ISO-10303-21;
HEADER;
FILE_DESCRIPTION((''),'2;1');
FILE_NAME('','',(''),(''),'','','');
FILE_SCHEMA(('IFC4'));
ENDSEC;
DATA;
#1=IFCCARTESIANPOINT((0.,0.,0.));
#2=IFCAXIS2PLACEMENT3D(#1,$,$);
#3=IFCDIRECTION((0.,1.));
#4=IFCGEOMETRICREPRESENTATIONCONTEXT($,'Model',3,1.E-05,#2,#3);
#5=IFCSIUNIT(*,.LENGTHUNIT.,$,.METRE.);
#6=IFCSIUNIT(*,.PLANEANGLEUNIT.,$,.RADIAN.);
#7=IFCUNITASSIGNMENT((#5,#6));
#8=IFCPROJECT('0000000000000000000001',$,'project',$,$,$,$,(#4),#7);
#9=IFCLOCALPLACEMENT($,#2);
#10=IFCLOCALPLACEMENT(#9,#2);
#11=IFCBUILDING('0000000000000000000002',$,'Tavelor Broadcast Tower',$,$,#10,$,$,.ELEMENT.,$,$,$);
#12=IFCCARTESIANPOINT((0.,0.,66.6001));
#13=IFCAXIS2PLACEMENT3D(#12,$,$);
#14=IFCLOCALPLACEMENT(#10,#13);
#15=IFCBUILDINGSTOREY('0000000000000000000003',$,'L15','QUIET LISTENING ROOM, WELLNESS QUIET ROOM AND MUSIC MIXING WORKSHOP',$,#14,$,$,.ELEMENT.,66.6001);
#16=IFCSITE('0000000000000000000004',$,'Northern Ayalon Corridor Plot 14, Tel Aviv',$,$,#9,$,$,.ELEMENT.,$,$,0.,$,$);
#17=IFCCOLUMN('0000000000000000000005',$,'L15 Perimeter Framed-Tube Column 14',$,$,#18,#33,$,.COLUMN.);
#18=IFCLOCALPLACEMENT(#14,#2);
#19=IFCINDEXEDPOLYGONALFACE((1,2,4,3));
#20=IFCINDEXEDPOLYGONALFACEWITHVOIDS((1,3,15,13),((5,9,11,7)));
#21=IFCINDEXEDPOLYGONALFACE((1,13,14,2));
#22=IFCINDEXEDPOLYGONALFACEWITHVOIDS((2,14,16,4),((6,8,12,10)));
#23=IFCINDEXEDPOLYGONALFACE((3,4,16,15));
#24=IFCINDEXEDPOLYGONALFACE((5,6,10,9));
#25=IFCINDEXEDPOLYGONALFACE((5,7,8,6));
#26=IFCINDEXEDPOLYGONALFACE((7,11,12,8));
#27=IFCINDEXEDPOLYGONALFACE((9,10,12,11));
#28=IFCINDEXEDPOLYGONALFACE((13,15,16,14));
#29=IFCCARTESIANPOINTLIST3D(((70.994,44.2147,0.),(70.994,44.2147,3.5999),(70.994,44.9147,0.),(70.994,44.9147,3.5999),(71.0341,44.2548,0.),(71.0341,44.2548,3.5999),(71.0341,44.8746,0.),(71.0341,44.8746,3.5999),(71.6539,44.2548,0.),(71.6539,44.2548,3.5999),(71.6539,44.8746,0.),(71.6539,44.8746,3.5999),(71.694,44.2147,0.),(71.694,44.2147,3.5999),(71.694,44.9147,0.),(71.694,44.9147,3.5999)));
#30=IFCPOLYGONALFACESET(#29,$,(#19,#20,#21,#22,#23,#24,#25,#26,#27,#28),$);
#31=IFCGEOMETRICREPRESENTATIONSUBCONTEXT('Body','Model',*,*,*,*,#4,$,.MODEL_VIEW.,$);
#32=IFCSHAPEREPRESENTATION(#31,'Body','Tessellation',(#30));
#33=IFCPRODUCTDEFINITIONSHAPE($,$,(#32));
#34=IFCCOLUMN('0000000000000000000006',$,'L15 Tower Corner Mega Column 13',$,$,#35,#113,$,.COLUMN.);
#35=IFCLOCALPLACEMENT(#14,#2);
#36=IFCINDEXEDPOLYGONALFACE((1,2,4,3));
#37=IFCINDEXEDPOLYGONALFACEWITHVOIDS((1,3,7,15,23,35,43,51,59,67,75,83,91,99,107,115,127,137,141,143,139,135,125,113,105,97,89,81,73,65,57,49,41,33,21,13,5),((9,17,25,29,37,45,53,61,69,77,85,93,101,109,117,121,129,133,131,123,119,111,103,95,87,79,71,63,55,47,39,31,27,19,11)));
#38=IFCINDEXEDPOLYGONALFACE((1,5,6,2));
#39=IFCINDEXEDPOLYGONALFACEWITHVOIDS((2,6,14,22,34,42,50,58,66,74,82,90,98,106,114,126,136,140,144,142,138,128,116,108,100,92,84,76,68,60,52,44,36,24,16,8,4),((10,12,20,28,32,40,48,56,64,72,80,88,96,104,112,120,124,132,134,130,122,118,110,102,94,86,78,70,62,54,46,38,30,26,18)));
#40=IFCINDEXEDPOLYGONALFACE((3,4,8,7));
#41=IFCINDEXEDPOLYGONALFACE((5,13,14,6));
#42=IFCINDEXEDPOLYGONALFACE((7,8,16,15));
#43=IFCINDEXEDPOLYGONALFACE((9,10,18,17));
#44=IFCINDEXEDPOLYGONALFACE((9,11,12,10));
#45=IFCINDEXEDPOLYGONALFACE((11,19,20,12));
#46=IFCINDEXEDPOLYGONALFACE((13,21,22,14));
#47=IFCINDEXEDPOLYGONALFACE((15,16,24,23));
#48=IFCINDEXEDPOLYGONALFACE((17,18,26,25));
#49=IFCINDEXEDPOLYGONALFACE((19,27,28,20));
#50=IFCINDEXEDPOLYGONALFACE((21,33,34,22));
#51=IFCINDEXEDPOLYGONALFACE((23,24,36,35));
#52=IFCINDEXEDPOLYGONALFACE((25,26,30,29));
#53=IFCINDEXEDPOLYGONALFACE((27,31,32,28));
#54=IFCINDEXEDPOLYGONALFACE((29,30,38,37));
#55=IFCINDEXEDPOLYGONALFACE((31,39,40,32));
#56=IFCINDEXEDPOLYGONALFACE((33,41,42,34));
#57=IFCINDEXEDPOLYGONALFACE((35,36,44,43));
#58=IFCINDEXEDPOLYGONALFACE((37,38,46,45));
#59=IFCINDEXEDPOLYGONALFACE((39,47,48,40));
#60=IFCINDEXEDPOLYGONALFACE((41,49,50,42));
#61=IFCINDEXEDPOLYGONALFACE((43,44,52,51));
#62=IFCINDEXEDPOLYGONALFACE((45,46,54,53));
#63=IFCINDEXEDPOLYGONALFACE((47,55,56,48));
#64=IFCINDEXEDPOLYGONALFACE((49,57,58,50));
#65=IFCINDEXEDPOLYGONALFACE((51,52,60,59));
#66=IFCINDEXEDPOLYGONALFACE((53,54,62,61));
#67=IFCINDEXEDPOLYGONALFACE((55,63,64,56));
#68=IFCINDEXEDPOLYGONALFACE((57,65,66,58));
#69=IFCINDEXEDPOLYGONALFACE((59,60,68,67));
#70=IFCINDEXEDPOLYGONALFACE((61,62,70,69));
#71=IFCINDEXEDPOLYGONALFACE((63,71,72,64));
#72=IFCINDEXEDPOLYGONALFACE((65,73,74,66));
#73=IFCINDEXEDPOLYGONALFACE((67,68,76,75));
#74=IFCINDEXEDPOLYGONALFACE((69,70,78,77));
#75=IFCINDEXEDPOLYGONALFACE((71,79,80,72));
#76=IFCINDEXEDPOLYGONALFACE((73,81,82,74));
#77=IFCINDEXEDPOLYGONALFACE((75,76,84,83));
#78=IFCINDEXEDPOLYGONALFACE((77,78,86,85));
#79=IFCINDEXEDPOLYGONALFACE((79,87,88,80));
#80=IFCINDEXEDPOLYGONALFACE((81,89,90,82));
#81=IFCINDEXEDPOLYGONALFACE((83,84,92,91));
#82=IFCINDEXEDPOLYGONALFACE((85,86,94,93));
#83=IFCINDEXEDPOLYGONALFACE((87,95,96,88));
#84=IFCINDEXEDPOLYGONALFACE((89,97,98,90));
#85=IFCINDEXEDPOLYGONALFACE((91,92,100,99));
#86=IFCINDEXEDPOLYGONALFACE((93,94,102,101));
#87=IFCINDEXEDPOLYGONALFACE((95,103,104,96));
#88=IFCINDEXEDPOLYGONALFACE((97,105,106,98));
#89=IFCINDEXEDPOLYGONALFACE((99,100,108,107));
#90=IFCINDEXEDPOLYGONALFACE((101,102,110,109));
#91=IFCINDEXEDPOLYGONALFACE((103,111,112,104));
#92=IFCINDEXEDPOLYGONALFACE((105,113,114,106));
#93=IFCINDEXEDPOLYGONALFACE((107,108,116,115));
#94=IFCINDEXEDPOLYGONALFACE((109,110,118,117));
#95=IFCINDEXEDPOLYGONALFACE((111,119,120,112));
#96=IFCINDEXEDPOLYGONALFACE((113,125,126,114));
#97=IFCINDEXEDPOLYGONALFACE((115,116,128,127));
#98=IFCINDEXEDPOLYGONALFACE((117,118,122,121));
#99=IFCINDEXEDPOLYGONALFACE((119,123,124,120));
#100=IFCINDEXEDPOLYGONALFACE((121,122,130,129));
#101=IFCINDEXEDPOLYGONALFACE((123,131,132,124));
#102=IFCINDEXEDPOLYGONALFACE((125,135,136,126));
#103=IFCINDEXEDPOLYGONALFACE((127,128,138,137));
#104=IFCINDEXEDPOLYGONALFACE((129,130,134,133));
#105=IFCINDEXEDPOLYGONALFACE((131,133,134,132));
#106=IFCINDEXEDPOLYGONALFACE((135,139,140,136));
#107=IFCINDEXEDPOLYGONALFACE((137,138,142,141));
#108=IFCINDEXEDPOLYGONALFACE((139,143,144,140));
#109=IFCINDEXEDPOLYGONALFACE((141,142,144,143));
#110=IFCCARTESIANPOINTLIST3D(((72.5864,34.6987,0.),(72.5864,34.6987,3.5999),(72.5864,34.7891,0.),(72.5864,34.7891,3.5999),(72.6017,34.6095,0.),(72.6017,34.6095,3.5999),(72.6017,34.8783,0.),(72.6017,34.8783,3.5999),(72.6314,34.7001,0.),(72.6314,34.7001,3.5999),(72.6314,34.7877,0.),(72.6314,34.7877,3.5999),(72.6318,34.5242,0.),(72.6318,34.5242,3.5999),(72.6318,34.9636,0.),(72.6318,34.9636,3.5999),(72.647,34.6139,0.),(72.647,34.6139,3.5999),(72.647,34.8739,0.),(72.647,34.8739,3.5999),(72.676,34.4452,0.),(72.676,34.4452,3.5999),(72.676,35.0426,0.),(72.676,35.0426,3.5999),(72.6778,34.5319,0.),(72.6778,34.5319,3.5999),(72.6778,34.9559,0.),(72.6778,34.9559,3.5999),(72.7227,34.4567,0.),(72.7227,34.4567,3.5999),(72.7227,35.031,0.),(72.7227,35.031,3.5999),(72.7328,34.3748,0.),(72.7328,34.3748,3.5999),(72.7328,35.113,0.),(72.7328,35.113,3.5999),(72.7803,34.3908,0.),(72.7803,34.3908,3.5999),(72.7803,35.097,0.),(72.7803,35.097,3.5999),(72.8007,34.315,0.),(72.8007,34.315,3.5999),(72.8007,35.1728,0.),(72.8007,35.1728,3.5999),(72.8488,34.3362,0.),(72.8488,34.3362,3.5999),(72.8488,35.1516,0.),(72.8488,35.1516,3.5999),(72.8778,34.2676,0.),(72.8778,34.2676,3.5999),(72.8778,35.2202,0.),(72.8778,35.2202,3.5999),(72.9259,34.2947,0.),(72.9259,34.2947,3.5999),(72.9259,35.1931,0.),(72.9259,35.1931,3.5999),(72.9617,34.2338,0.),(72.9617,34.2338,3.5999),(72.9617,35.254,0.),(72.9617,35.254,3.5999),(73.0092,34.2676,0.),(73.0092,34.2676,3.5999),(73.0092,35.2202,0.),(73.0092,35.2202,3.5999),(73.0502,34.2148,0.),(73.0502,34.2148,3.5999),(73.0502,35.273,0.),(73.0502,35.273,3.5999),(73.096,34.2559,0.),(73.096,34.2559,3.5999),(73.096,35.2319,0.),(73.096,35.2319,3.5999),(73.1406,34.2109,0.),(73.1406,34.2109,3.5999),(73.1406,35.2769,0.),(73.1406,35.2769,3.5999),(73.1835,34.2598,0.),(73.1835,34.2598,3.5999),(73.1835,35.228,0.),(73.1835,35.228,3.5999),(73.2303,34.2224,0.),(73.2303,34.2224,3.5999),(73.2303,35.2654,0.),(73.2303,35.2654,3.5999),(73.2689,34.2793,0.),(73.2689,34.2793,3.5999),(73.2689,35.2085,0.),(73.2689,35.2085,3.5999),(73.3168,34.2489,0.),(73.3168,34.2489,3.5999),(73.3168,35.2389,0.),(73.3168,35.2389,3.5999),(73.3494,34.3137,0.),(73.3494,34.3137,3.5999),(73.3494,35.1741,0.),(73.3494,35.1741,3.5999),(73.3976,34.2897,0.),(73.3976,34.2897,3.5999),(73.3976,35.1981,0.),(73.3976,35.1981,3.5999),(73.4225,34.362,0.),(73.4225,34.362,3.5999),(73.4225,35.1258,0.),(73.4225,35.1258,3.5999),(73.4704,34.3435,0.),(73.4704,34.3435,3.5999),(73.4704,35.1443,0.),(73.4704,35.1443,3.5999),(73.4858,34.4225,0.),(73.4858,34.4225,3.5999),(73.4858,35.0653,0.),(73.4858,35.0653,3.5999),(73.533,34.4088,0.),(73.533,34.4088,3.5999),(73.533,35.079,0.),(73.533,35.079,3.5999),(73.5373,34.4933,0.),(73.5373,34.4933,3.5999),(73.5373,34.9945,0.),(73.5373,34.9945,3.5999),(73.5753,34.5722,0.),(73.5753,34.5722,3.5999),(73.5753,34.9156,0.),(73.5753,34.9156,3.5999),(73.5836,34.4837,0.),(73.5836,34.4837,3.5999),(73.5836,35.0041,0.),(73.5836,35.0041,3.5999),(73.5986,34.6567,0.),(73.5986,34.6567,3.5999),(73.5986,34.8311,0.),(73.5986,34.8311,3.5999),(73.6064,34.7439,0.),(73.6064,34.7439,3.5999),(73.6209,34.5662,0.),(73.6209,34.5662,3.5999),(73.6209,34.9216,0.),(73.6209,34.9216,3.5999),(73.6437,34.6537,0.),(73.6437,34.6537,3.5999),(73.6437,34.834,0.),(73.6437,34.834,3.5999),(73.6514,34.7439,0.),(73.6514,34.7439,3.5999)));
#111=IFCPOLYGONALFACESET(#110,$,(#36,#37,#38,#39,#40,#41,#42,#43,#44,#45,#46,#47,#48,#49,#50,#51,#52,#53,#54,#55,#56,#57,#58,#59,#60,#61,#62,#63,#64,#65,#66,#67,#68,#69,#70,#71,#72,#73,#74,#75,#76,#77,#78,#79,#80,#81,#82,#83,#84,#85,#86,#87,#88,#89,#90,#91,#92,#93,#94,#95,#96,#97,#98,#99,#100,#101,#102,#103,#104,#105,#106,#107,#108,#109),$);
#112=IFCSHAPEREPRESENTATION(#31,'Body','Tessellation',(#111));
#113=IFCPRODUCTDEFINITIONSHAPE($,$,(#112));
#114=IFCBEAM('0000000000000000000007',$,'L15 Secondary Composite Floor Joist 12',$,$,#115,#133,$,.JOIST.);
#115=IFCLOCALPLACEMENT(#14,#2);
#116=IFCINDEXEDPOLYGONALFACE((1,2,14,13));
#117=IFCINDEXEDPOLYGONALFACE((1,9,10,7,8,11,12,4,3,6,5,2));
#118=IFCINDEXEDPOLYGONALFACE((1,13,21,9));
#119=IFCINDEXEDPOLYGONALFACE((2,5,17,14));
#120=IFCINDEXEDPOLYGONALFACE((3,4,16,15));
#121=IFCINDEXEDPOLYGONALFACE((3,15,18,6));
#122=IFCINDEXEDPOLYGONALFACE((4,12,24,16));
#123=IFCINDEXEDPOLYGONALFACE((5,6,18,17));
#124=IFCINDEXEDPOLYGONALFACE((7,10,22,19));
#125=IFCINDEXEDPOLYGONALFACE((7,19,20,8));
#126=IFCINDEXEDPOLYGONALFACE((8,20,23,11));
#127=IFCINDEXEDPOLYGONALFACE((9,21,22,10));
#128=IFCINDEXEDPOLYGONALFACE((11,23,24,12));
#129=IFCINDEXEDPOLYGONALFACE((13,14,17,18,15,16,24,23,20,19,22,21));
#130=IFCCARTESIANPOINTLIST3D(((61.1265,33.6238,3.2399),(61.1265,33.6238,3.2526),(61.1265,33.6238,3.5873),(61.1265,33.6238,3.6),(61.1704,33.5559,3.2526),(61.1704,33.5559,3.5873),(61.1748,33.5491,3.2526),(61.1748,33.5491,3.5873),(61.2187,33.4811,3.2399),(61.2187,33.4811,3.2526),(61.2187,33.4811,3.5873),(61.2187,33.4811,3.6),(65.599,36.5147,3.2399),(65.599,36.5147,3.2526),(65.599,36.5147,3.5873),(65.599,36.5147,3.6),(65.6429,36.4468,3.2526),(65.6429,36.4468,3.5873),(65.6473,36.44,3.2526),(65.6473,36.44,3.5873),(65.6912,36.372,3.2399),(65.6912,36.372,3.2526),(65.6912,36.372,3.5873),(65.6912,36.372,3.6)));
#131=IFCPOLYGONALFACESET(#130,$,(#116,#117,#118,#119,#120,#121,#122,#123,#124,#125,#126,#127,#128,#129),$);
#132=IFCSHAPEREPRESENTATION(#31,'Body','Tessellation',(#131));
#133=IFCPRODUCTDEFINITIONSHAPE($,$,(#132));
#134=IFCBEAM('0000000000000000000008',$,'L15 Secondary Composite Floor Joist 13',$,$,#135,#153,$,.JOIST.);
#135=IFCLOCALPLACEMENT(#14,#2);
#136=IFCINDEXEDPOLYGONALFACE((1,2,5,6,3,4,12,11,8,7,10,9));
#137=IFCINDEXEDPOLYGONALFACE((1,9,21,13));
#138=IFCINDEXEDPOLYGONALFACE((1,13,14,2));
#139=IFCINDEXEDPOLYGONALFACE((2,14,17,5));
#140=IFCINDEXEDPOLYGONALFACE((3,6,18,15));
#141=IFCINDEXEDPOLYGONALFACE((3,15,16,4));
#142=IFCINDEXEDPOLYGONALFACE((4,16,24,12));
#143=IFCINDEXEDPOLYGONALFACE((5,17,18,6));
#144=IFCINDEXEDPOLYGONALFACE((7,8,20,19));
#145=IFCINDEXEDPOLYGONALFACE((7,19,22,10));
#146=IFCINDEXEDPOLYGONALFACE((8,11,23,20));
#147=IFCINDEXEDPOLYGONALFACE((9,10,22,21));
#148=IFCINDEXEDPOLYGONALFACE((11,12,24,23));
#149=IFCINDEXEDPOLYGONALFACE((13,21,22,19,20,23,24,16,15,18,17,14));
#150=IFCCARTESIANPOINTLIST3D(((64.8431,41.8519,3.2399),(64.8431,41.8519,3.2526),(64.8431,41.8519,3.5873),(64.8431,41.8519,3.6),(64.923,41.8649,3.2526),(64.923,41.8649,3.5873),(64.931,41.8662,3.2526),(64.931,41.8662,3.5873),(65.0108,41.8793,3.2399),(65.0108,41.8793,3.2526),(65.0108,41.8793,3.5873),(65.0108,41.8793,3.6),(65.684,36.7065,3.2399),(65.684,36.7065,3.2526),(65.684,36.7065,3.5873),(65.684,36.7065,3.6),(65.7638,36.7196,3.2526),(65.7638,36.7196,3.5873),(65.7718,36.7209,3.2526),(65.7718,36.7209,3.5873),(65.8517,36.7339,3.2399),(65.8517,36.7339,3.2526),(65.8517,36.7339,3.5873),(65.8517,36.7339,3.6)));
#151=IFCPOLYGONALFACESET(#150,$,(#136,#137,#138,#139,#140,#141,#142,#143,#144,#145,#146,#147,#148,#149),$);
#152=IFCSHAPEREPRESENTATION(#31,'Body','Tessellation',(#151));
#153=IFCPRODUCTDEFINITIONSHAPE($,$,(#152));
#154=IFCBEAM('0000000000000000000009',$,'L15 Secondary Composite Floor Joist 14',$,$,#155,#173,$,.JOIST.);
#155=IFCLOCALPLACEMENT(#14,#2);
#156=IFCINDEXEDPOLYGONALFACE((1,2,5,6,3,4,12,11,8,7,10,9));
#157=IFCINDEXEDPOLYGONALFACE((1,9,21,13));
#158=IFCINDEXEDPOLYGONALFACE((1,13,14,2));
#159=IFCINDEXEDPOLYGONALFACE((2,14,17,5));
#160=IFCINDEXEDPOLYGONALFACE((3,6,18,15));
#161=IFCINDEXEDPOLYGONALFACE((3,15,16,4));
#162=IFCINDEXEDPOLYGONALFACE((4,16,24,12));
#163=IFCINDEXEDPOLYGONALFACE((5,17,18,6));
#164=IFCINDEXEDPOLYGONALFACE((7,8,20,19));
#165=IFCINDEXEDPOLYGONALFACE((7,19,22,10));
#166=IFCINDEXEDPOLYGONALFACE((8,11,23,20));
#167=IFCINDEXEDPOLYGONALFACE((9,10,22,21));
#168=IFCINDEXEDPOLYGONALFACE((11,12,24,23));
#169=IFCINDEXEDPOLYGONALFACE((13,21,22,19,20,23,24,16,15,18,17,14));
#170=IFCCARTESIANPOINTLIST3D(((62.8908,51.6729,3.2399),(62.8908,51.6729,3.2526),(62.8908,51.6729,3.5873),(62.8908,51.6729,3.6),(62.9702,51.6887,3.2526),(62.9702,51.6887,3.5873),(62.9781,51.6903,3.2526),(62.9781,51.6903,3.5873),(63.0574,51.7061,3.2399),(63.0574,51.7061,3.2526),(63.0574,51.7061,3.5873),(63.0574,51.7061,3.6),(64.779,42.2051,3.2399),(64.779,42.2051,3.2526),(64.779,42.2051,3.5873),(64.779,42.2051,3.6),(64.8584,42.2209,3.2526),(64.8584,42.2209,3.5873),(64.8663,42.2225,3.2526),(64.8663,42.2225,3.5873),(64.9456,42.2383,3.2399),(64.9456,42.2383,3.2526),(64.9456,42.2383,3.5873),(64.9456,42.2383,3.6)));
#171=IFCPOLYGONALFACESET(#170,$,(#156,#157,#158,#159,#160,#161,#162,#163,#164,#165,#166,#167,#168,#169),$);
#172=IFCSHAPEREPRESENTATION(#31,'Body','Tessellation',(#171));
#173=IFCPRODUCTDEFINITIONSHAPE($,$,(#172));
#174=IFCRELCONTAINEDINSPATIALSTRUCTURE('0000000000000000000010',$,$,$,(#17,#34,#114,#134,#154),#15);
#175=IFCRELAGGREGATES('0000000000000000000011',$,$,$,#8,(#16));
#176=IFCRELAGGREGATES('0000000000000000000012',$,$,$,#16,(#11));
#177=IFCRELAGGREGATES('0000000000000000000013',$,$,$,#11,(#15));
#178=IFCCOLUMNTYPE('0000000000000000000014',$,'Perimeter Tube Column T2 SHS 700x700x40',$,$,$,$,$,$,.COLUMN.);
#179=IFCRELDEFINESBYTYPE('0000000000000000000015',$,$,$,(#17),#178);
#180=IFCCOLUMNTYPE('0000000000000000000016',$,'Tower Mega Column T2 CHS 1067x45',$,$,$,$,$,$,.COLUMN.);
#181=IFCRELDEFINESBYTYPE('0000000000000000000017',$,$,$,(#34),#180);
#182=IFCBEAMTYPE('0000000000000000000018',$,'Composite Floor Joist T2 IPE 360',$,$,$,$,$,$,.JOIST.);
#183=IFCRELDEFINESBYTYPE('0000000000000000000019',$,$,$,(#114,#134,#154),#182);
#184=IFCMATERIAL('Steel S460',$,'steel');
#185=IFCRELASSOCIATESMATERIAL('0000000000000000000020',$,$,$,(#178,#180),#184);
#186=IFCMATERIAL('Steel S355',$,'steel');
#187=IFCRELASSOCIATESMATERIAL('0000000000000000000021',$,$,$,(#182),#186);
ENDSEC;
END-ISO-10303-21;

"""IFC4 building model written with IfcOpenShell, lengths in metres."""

from ifc_helpers import new_model, si_unit, direction, frame, origin, origin_2d, place, context, subcontext, project, spatial, hollow_rectangle, hollow_circle, i_section, extrude, material, material_profile, profile_set, type_object, element, save


model = new_model("IFC4")

# Units and contexts
model_context = context("Model", 3, precision=1e-05, world=origin(), true_north=direction((0.0, 1.0)))
body_context = subcontext(model_context, "Body", "Model", "MODEL_VIEW")
ifc_project = project(units=[si_unit("LENGTHUNIT", "METRE"), si_unit("PLANEANGLEUNIT", "RADIAN")], contexts=[model_context])

# Site, building, storey
site_placement = place(None, origin())
site = spatial("IfcSite", under=ifc_project, at=site_placement, Name="Northern Ayalon Corridor Plot 14, Tel Aviv", CompositionType="ELEMENT", RefElevation=0.0)
building_placement = place(site_placement, origin())
building = spatial("IfcBuilding", under=site, at=building_placement, Name="Tavelor Broadcast Tower", CompositionType="ELEMENT")
storey_placement = place(building_placement, frame((0.0, 0.0, 66.6001)))
storey = spatial("IfcBuildingStorey", under=building, at=storey_placement, Name="L15", Description="QUIET LISTENING ROOM, WELLNESS QUIET ROOM AND MUSIC MIXING WORKSHOP", CompositionType="ELEMENT", Elevation=66.6001)

# Columns
ifc_material_1 = material(Name="Steel S460", Category="steel")
ifc_material_profile_1 = material_profile(ifc_material_1, hollow_rectangle(XDim=0.7, YDim=0.7, WallThickness=0.04, at=origin_2d()), Name="SHS 700x700x40")
ifc_profile_set_1 = profile_set([ifc_material_profile_1], Name="Steel S460")
column_type_1 = type_object("IfcColumnType", Name="Perimeter Tube Column T2 SHS 700x700x40", PredefinedType="COLUMN", material=ifc_profile_set_1)
column_1_placement = place(storey_placement, frame((71.344, 44.5647, 0.0), z_axis=(0.0, 0.0, 1.0), x_axis=(1.0, 0.0, 0.0)))
element("IfcColumn", 1, at=column_1_placement, inside=storey, type_object=column_type_1, Name="L15 Perimeter Framed-Tube Column 14", PredefinedType="COLUMN", context=body_context, shape_type="SweptSolid", body=[
    extrude(hollow_rectangle(XDim=0.7, YDim=0.7, WallThickness=0.04, at=origin_2d()), origin(), (0.0, 0.0, 1.0), 3.5999),
])
ifc_material_profile_2 = material_profile(ifc_material_1, hollow_circle(Radius=0.5334, WallThickness=0.0449, at=origin_2d()), Name="CHS 1067x45")
ifc_profile_set_2 = profile_set([ifc_material_profile_2], Name="Steel S460")
column_type_2 = type_object("IfcColumnType", Name="Tower Mega Column T2 CHS 1067x45", PredefinedType="COLUMN", material=ifc_profile_set_2)
column_2_placement = place(storey_placement, frame((73.1179, 34.7439, 0.0), z_axis=(0.0, 0.0, 1.0), x_axis=(1.0, 0.0, 0.0)))
element("IfcColumn", 2, at=column_2_placement, inside=storey, type_object=column_type_2, Name="L15 Tower Corner Mega Column 13", PredefinedType="COLUMN", context=body_context, shape_type="SweptSolid", body=[
    extrude(hollow_circle(Radius=0.5334, WallThickness=0.0449, at=origin_2d()), origin(), (0.0, 0.0, 1.0), 3.5999),
])

# Beams
ifc_material_2 = material(Name="Steel S355", Category="steel")
ifc_material_profile_3 = material_profile(ifc_material_2, i_section(OverallWidth=0.1699, OverallDepth=0.3601, WebThickness=0.0081, FlangeThickness=0.0127, at=origin_2d()), Name="IPE 360")
ifc_profile_set_3 = profile_set([ifc_material_profile_3], Name="Steel S355")
beam_type_1 = type_object("IfcBeamType", Name="Composite Floor Joist T2 IPE 360", PredefinedType="JOIST", material=ifc_profile_set_3)
beam_1_placement = place(storey_placement, frame((61.1726, 33.5525, 3.4199), z_axis=(0.839831, 0.542848, 0.0), x_axis=(-0.542848, 0.839831, 0.0)))
element("IfcBeam", 3, at=beam_1_placement, inside=storey, type_object=beam_type_1, Name="L15 Secondary Composite Floor Joist 12", PredefinedType="JOIST", context=body_context, shape_type="SweptSolid", body=[
    extrude(i_section(OverallWidth=0.1699, OverallDepth=0.3601, WebThickness=0.0081, FlangeThickness=0.0127, at=origin_2d()), origin(), (0.0, 0.0, 1.0), 5.3254),
])
beam_2_placement = place(storey_placement, frame((65.7678, 36.7202, 3.4199), z_axis=(-0.161277, 0.986909, 0.0), x_axis=(-0.986909, -0.161277, 0.0)))
element("IfcBeam", 4, at=beam_2_placement, inside=storey, type_object=beam_type_1, Name="L15 Secondary Composite Floor Joist 13", PredefinedType="JOIST", context=body_context, shape_type="SweptSolid", body=[
    extrude(i_section(OverallWidth=0.1699, OverallDepth=0.3601, WebThickness=0.0081, FlangeThickness=0.0127, at=origin_2d()), origin(), (0.0, 0.0, 1.0), 5.2136),
])
beam_3_placement = place(storey_placement, frame((64.8623, 42.2217, 3.4199), z_axis=(-0.195581, 0.980688, 0.0), x_axis=(-0.980688, -0.195581, 0.0)))
element("IfcBeam", 5, at=beam_3_placement, inside=storey, type_object=beam_type_1, Name="L15 Secondary Composite Floor Joist 14", PredefinedType="JOIST", context=body_context, shape_type="SweptSolid", body=[
    extrude(i_section(OverallWidth=0.1699, OverallDepth=0.3601, WebThickness=0.0081, FlangeThickness=0.0127, at=origin_2d()), origin(), (0.0, 0.0, 1.0), 9.6543),
])

save(model, "model.ifc")
